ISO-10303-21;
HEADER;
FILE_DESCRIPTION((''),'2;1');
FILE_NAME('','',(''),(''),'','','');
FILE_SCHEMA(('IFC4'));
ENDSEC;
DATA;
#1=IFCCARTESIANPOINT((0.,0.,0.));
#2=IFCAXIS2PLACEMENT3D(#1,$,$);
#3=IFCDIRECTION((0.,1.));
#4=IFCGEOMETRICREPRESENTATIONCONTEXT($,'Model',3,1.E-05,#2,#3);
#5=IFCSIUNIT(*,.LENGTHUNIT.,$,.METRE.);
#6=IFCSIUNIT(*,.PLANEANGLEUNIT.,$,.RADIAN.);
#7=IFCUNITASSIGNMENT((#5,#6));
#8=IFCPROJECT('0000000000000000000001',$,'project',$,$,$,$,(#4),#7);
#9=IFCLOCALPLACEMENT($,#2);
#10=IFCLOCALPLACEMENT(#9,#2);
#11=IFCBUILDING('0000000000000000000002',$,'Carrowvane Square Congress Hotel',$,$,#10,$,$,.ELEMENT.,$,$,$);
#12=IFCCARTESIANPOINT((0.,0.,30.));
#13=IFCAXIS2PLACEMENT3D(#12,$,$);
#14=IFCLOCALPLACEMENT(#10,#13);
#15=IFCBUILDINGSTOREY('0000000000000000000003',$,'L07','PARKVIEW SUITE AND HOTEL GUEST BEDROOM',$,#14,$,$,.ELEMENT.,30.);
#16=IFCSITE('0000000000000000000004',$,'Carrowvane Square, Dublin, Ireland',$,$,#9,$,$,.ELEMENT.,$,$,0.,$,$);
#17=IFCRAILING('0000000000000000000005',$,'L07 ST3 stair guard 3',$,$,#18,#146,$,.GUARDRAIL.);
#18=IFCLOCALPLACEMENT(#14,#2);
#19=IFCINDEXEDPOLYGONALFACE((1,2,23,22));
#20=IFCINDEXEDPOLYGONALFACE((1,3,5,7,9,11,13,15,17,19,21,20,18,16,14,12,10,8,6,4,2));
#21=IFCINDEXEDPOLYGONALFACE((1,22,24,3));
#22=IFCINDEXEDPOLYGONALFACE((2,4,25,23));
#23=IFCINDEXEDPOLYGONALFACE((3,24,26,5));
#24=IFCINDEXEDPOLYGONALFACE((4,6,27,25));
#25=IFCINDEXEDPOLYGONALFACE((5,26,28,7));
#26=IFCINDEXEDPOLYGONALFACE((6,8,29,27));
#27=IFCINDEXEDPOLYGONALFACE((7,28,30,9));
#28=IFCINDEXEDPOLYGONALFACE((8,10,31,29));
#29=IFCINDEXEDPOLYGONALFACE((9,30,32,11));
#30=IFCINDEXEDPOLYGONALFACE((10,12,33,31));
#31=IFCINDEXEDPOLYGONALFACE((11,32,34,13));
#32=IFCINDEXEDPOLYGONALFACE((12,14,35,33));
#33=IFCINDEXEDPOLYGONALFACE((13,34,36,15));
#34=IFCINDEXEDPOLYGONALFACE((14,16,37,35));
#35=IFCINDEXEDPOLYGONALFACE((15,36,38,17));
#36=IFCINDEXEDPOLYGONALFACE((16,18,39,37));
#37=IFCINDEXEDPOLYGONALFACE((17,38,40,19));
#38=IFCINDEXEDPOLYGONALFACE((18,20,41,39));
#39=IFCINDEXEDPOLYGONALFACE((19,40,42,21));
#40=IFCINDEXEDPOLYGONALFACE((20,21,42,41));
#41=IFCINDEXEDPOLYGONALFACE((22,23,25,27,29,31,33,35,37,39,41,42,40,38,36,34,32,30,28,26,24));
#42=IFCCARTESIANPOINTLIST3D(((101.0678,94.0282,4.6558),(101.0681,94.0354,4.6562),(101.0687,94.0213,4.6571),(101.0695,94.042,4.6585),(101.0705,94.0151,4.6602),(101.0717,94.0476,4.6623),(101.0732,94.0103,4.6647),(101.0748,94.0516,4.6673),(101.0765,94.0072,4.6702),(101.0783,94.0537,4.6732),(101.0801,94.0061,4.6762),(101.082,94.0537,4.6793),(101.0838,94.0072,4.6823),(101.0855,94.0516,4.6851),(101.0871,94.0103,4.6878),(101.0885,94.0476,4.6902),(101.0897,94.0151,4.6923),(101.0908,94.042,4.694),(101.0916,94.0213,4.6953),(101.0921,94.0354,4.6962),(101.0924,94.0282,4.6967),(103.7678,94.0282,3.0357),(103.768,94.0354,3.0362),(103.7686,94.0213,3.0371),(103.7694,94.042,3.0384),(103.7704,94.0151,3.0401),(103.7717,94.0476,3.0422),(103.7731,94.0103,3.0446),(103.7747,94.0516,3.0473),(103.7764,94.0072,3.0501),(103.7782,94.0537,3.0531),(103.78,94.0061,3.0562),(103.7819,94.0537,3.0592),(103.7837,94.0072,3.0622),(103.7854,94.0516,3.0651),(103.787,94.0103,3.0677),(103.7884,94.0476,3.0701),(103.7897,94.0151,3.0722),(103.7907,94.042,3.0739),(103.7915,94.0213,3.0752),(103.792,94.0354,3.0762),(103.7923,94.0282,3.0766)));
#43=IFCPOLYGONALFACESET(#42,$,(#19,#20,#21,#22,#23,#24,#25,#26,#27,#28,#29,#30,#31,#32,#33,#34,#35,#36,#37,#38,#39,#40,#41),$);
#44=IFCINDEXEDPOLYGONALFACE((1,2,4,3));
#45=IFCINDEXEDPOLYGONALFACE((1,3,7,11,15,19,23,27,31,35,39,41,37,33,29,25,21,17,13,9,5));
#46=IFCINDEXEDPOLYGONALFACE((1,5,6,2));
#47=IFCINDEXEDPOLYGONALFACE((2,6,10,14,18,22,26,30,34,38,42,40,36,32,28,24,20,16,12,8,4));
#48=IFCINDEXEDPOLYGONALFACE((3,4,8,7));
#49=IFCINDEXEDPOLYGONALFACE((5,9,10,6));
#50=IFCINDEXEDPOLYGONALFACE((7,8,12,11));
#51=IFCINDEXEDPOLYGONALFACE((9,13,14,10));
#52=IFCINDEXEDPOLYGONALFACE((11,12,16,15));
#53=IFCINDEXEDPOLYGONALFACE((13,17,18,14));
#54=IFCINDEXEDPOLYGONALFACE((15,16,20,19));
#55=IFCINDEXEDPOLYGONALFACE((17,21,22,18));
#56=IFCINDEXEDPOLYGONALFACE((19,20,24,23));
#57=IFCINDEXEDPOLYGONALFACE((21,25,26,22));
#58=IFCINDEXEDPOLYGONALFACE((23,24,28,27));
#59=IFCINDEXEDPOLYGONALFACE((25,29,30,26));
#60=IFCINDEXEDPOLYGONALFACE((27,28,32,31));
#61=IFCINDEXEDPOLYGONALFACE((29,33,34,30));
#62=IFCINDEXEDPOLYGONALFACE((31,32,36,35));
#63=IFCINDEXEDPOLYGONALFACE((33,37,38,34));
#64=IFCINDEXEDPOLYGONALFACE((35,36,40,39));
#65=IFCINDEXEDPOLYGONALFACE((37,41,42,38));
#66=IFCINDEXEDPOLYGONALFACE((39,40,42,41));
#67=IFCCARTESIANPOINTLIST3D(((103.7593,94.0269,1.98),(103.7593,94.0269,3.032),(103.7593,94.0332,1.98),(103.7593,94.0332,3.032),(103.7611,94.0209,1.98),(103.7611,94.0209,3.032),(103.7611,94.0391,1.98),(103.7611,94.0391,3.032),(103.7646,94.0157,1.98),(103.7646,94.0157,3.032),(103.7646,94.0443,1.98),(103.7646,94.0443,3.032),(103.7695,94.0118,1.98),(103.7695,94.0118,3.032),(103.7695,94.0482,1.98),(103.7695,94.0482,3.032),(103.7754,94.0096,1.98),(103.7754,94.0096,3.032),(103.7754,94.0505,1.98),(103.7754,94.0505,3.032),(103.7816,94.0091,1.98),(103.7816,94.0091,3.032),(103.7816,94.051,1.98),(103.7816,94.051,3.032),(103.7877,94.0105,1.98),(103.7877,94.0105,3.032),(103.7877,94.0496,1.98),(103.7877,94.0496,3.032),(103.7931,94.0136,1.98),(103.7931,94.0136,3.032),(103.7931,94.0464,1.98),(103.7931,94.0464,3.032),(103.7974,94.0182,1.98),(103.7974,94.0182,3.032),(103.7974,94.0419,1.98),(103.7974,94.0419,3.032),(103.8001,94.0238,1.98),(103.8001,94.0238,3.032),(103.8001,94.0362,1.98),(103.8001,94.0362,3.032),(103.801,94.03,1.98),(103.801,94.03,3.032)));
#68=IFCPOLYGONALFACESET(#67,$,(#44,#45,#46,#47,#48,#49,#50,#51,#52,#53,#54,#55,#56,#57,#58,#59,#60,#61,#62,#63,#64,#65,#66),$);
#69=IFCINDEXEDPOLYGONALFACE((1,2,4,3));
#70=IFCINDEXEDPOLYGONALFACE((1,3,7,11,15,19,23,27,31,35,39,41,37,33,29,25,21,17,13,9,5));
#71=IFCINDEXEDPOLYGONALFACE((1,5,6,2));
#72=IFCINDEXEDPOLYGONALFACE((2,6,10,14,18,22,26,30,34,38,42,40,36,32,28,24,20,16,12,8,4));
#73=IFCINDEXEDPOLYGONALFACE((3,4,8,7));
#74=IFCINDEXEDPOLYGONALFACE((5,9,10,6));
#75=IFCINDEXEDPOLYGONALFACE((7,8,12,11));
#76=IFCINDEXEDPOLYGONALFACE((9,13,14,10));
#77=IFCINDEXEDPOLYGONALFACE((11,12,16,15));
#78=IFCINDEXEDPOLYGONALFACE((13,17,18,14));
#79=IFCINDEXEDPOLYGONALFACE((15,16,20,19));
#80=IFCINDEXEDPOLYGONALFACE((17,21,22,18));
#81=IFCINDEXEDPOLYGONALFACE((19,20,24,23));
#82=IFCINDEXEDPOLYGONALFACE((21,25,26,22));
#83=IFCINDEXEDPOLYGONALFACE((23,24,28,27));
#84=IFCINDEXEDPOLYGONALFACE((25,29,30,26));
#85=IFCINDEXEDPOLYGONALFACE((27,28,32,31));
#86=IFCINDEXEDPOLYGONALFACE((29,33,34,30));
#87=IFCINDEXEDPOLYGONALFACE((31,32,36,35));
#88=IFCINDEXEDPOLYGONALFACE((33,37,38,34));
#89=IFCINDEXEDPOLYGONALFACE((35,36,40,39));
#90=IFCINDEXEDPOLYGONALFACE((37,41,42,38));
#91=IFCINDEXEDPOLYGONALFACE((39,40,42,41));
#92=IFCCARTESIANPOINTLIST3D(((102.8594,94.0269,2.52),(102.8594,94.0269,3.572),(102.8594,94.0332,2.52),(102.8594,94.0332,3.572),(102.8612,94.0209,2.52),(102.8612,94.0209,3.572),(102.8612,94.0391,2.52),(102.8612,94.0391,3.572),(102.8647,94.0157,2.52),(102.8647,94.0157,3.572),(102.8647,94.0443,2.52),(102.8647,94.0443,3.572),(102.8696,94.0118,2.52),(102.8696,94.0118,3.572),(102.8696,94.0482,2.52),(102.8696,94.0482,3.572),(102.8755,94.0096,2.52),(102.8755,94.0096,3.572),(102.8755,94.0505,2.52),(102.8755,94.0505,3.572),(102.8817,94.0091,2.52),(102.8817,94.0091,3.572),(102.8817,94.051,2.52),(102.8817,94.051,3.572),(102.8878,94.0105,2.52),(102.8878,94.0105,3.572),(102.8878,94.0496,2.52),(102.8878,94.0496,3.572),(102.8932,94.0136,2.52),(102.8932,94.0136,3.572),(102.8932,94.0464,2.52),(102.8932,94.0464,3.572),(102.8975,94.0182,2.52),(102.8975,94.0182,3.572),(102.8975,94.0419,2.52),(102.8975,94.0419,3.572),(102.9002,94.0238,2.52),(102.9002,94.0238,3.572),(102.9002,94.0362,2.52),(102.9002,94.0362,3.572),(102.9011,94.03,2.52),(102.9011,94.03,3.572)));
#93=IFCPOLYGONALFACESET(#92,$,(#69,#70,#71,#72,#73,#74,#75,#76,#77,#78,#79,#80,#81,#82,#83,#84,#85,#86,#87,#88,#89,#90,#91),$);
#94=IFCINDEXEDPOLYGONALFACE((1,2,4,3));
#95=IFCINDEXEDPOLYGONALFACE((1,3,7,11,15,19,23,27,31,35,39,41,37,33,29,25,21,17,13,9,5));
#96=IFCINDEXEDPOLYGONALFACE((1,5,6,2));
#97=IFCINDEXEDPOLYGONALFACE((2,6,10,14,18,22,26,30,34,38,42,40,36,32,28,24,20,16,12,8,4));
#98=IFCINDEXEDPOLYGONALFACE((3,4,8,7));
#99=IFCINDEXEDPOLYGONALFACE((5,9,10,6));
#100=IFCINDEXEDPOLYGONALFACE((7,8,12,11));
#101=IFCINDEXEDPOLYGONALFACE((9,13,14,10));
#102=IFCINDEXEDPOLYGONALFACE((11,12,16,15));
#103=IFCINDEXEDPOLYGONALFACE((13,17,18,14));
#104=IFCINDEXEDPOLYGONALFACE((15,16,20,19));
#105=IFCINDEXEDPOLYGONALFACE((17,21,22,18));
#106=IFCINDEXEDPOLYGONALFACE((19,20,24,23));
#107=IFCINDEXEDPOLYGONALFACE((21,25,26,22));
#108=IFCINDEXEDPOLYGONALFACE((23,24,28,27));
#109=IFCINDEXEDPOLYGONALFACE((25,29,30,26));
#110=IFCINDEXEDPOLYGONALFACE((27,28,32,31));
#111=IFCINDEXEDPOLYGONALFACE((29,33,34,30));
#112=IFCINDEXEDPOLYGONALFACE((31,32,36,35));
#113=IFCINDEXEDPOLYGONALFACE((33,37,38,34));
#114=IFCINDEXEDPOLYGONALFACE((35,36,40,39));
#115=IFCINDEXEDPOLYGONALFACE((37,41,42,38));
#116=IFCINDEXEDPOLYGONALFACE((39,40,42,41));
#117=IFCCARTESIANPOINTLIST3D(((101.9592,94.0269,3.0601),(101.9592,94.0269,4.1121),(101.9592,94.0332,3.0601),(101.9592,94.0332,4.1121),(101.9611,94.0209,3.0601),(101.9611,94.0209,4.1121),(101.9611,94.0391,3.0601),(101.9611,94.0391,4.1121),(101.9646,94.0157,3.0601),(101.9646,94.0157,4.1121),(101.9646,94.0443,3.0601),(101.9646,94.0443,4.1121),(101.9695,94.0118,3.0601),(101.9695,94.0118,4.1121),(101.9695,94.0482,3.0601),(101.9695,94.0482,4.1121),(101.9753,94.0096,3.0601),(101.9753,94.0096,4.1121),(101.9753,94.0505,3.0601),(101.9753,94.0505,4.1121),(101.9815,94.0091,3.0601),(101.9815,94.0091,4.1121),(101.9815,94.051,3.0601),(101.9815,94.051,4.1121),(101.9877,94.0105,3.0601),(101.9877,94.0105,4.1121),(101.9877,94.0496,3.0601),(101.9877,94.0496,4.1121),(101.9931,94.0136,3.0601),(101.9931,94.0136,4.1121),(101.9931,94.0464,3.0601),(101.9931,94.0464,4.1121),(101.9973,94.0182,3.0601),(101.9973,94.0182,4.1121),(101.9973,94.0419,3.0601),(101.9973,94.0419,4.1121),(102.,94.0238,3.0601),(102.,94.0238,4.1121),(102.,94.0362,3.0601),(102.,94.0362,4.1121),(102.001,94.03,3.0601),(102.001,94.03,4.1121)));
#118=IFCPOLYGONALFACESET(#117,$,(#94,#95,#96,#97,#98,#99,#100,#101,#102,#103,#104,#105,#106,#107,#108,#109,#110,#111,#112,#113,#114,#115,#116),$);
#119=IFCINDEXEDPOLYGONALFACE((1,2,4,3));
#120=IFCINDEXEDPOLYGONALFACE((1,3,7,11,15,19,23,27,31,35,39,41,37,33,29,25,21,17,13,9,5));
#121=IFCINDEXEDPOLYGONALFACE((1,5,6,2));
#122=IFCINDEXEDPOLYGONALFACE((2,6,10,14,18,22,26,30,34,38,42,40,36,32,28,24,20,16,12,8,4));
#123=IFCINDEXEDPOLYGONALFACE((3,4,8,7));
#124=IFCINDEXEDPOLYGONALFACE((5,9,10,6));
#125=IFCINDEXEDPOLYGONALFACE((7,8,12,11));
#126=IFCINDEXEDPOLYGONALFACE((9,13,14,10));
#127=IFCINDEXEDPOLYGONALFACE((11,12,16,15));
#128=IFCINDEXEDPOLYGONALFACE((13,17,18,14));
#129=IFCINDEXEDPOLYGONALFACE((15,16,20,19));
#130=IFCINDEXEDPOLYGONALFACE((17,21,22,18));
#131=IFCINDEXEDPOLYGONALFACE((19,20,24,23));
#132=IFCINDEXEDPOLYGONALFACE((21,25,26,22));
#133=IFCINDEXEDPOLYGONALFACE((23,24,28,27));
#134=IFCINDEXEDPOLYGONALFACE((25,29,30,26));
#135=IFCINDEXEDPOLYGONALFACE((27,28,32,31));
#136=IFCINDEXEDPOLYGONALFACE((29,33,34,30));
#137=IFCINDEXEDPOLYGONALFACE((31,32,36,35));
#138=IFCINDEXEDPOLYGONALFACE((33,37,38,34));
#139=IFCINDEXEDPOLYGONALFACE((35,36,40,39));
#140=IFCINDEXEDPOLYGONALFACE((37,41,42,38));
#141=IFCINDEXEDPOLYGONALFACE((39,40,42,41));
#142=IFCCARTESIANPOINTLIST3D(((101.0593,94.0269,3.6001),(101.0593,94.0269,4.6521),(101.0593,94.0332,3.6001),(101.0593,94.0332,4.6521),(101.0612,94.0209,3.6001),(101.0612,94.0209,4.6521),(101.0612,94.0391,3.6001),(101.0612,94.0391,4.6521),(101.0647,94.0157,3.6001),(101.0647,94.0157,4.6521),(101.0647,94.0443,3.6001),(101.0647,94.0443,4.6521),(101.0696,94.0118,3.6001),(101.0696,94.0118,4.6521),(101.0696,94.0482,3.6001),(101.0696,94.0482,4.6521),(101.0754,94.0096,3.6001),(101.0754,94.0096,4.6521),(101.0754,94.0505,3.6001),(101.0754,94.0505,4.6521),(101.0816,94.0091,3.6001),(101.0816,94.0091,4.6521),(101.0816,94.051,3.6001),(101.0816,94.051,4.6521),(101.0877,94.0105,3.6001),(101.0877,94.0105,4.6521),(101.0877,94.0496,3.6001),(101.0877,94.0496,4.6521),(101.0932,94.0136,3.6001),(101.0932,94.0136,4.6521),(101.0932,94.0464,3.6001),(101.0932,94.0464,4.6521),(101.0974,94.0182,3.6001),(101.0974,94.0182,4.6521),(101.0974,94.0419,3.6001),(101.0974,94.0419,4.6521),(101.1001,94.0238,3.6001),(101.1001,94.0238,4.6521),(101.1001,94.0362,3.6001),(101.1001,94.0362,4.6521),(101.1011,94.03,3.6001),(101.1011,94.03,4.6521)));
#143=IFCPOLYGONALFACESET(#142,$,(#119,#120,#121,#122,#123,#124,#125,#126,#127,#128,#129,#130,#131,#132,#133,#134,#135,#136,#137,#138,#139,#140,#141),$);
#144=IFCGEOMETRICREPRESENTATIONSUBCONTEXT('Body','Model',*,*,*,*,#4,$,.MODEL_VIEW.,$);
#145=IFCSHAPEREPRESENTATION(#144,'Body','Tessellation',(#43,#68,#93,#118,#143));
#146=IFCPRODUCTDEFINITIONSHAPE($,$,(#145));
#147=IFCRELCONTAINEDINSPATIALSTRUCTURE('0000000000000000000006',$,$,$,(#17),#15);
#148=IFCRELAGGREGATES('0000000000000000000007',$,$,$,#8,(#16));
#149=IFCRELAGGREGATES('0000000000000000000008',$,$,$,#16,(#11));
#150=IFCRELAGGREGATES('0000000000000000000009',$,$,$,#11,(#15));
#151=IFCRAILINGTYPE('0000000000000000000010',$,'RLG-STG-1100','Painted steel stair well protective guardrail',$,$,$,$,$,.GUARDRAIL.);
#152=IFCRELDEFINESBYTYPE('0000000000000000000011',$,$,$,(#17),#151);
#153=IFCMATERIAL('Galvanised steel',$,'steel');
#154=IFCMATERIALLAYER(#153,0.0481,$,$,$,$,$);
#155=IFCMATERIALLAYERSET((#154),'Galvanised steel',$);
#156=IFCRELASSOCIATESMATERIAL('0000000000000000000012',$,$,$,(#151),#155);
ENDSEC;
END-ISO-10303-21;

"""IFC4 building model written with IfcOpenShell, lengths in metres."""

from ifc_helpers import new_model, si_unit, direction, frame, origin, origin_2d, place, context, subcontext, project, spatial, circle, extrude, material, layer, layer_set, type_object, element, save


model = new_model("IFC4")

# Units and contexts
model_context = context("Model", 3, precision=1e-05, world=origin(), true_north=direction((0.0, 1.0)))
body_context = subcontext(model_context, "Body", "Model", "MODEL_VIEW")
ifc_project = project(units=[si_unit("LENGTHUNIT", "METRE"), si_unit("PLANEANGLEUNIT", "RADIAN")], contexts=[model_context])

# Site, building, storey
site_placement = place(None, origin())
site = spatial("IfcSite", under=ifc_project, at=site_placement, Name="Carrowvane Square, Dublin, Ireland", CompositionType="ELEMENT", RefElevation=0.0)
building_placement = place(site_placement, origin())
building = spatial("IfcBuilding", under=site, at=building_placement, Name="Carrowvane Square Congress Hotel", CompositionType="ELEMENT")
storey_placement = place(building_placement, frame((0.0, 0.0, 30.0)))
storey = spatial("IfcBuildingStorey", under=building, at=storey_placement, Name="L07", Description="PARKVIEW SUITE AND HOTEL GUEST BEDROOM", CompositionType="ELEMENT", Elevation=30.0)

# Railing
ifc_material_1 = material(Name="Galvanised steel", Category="steel")
ifc_layer_1 = layer(ifc_material_1, 0.0481)
ifc_layer_set_1 = layer_set([ifc_layer_1], Name="Galvanised steel")
railing_type_1 = type_object("IfcRailingType", Name="RLG-STG-1100", Description="Painted steel stair well protective guardrail", PredefinedType="GUARDRAIL", material=ifc_layer_set_1)
railing_1_placement = place(storey_placement, frame((103.78, 94.03, 1.98)))
element("IfcRailing", 1, at=railing_1_placement, inside=storey, type_object=railing_type_1, Name="L07 ST3 stair guard 3", PredefinedType="GUARDRAIL", context=body_context, shape_type="SweptSolid", body=[
    extrude(circle(Radius=0.0239, at=origin_2d()), frame((0.0, 0.0, 1.0762), z_axis=(-0.857472, 0.0, 0.51453), x_axis=(0.0, -1.0, 0.0)), (0.0, 0.0, 1.0), 3.1487),
    extrude(circle(Radius=0.021, at=origin_2d()), origin(), (0.0, 0.0, 1.0), 1.052),
    extrude(circle(Radius=0.021, at=origin_2d()), frame((-0.8999, 0.0, 0.54)), (0.0, 0.0, 1.0), 1.052),
    extrude(circle(Radius=0.021, at=origin_2d()), frame((-1.8, 0.0, 1.0801)), (0.0, 0.0, 1.0), 1.052),
    extrude(circle(Radius=0.021, at=origin_2d()), frame((-2.7, 0.0, 1.6201)), (0.0, 0.0, 1.0), 1.052),
])

save(model, "model.ifc")
